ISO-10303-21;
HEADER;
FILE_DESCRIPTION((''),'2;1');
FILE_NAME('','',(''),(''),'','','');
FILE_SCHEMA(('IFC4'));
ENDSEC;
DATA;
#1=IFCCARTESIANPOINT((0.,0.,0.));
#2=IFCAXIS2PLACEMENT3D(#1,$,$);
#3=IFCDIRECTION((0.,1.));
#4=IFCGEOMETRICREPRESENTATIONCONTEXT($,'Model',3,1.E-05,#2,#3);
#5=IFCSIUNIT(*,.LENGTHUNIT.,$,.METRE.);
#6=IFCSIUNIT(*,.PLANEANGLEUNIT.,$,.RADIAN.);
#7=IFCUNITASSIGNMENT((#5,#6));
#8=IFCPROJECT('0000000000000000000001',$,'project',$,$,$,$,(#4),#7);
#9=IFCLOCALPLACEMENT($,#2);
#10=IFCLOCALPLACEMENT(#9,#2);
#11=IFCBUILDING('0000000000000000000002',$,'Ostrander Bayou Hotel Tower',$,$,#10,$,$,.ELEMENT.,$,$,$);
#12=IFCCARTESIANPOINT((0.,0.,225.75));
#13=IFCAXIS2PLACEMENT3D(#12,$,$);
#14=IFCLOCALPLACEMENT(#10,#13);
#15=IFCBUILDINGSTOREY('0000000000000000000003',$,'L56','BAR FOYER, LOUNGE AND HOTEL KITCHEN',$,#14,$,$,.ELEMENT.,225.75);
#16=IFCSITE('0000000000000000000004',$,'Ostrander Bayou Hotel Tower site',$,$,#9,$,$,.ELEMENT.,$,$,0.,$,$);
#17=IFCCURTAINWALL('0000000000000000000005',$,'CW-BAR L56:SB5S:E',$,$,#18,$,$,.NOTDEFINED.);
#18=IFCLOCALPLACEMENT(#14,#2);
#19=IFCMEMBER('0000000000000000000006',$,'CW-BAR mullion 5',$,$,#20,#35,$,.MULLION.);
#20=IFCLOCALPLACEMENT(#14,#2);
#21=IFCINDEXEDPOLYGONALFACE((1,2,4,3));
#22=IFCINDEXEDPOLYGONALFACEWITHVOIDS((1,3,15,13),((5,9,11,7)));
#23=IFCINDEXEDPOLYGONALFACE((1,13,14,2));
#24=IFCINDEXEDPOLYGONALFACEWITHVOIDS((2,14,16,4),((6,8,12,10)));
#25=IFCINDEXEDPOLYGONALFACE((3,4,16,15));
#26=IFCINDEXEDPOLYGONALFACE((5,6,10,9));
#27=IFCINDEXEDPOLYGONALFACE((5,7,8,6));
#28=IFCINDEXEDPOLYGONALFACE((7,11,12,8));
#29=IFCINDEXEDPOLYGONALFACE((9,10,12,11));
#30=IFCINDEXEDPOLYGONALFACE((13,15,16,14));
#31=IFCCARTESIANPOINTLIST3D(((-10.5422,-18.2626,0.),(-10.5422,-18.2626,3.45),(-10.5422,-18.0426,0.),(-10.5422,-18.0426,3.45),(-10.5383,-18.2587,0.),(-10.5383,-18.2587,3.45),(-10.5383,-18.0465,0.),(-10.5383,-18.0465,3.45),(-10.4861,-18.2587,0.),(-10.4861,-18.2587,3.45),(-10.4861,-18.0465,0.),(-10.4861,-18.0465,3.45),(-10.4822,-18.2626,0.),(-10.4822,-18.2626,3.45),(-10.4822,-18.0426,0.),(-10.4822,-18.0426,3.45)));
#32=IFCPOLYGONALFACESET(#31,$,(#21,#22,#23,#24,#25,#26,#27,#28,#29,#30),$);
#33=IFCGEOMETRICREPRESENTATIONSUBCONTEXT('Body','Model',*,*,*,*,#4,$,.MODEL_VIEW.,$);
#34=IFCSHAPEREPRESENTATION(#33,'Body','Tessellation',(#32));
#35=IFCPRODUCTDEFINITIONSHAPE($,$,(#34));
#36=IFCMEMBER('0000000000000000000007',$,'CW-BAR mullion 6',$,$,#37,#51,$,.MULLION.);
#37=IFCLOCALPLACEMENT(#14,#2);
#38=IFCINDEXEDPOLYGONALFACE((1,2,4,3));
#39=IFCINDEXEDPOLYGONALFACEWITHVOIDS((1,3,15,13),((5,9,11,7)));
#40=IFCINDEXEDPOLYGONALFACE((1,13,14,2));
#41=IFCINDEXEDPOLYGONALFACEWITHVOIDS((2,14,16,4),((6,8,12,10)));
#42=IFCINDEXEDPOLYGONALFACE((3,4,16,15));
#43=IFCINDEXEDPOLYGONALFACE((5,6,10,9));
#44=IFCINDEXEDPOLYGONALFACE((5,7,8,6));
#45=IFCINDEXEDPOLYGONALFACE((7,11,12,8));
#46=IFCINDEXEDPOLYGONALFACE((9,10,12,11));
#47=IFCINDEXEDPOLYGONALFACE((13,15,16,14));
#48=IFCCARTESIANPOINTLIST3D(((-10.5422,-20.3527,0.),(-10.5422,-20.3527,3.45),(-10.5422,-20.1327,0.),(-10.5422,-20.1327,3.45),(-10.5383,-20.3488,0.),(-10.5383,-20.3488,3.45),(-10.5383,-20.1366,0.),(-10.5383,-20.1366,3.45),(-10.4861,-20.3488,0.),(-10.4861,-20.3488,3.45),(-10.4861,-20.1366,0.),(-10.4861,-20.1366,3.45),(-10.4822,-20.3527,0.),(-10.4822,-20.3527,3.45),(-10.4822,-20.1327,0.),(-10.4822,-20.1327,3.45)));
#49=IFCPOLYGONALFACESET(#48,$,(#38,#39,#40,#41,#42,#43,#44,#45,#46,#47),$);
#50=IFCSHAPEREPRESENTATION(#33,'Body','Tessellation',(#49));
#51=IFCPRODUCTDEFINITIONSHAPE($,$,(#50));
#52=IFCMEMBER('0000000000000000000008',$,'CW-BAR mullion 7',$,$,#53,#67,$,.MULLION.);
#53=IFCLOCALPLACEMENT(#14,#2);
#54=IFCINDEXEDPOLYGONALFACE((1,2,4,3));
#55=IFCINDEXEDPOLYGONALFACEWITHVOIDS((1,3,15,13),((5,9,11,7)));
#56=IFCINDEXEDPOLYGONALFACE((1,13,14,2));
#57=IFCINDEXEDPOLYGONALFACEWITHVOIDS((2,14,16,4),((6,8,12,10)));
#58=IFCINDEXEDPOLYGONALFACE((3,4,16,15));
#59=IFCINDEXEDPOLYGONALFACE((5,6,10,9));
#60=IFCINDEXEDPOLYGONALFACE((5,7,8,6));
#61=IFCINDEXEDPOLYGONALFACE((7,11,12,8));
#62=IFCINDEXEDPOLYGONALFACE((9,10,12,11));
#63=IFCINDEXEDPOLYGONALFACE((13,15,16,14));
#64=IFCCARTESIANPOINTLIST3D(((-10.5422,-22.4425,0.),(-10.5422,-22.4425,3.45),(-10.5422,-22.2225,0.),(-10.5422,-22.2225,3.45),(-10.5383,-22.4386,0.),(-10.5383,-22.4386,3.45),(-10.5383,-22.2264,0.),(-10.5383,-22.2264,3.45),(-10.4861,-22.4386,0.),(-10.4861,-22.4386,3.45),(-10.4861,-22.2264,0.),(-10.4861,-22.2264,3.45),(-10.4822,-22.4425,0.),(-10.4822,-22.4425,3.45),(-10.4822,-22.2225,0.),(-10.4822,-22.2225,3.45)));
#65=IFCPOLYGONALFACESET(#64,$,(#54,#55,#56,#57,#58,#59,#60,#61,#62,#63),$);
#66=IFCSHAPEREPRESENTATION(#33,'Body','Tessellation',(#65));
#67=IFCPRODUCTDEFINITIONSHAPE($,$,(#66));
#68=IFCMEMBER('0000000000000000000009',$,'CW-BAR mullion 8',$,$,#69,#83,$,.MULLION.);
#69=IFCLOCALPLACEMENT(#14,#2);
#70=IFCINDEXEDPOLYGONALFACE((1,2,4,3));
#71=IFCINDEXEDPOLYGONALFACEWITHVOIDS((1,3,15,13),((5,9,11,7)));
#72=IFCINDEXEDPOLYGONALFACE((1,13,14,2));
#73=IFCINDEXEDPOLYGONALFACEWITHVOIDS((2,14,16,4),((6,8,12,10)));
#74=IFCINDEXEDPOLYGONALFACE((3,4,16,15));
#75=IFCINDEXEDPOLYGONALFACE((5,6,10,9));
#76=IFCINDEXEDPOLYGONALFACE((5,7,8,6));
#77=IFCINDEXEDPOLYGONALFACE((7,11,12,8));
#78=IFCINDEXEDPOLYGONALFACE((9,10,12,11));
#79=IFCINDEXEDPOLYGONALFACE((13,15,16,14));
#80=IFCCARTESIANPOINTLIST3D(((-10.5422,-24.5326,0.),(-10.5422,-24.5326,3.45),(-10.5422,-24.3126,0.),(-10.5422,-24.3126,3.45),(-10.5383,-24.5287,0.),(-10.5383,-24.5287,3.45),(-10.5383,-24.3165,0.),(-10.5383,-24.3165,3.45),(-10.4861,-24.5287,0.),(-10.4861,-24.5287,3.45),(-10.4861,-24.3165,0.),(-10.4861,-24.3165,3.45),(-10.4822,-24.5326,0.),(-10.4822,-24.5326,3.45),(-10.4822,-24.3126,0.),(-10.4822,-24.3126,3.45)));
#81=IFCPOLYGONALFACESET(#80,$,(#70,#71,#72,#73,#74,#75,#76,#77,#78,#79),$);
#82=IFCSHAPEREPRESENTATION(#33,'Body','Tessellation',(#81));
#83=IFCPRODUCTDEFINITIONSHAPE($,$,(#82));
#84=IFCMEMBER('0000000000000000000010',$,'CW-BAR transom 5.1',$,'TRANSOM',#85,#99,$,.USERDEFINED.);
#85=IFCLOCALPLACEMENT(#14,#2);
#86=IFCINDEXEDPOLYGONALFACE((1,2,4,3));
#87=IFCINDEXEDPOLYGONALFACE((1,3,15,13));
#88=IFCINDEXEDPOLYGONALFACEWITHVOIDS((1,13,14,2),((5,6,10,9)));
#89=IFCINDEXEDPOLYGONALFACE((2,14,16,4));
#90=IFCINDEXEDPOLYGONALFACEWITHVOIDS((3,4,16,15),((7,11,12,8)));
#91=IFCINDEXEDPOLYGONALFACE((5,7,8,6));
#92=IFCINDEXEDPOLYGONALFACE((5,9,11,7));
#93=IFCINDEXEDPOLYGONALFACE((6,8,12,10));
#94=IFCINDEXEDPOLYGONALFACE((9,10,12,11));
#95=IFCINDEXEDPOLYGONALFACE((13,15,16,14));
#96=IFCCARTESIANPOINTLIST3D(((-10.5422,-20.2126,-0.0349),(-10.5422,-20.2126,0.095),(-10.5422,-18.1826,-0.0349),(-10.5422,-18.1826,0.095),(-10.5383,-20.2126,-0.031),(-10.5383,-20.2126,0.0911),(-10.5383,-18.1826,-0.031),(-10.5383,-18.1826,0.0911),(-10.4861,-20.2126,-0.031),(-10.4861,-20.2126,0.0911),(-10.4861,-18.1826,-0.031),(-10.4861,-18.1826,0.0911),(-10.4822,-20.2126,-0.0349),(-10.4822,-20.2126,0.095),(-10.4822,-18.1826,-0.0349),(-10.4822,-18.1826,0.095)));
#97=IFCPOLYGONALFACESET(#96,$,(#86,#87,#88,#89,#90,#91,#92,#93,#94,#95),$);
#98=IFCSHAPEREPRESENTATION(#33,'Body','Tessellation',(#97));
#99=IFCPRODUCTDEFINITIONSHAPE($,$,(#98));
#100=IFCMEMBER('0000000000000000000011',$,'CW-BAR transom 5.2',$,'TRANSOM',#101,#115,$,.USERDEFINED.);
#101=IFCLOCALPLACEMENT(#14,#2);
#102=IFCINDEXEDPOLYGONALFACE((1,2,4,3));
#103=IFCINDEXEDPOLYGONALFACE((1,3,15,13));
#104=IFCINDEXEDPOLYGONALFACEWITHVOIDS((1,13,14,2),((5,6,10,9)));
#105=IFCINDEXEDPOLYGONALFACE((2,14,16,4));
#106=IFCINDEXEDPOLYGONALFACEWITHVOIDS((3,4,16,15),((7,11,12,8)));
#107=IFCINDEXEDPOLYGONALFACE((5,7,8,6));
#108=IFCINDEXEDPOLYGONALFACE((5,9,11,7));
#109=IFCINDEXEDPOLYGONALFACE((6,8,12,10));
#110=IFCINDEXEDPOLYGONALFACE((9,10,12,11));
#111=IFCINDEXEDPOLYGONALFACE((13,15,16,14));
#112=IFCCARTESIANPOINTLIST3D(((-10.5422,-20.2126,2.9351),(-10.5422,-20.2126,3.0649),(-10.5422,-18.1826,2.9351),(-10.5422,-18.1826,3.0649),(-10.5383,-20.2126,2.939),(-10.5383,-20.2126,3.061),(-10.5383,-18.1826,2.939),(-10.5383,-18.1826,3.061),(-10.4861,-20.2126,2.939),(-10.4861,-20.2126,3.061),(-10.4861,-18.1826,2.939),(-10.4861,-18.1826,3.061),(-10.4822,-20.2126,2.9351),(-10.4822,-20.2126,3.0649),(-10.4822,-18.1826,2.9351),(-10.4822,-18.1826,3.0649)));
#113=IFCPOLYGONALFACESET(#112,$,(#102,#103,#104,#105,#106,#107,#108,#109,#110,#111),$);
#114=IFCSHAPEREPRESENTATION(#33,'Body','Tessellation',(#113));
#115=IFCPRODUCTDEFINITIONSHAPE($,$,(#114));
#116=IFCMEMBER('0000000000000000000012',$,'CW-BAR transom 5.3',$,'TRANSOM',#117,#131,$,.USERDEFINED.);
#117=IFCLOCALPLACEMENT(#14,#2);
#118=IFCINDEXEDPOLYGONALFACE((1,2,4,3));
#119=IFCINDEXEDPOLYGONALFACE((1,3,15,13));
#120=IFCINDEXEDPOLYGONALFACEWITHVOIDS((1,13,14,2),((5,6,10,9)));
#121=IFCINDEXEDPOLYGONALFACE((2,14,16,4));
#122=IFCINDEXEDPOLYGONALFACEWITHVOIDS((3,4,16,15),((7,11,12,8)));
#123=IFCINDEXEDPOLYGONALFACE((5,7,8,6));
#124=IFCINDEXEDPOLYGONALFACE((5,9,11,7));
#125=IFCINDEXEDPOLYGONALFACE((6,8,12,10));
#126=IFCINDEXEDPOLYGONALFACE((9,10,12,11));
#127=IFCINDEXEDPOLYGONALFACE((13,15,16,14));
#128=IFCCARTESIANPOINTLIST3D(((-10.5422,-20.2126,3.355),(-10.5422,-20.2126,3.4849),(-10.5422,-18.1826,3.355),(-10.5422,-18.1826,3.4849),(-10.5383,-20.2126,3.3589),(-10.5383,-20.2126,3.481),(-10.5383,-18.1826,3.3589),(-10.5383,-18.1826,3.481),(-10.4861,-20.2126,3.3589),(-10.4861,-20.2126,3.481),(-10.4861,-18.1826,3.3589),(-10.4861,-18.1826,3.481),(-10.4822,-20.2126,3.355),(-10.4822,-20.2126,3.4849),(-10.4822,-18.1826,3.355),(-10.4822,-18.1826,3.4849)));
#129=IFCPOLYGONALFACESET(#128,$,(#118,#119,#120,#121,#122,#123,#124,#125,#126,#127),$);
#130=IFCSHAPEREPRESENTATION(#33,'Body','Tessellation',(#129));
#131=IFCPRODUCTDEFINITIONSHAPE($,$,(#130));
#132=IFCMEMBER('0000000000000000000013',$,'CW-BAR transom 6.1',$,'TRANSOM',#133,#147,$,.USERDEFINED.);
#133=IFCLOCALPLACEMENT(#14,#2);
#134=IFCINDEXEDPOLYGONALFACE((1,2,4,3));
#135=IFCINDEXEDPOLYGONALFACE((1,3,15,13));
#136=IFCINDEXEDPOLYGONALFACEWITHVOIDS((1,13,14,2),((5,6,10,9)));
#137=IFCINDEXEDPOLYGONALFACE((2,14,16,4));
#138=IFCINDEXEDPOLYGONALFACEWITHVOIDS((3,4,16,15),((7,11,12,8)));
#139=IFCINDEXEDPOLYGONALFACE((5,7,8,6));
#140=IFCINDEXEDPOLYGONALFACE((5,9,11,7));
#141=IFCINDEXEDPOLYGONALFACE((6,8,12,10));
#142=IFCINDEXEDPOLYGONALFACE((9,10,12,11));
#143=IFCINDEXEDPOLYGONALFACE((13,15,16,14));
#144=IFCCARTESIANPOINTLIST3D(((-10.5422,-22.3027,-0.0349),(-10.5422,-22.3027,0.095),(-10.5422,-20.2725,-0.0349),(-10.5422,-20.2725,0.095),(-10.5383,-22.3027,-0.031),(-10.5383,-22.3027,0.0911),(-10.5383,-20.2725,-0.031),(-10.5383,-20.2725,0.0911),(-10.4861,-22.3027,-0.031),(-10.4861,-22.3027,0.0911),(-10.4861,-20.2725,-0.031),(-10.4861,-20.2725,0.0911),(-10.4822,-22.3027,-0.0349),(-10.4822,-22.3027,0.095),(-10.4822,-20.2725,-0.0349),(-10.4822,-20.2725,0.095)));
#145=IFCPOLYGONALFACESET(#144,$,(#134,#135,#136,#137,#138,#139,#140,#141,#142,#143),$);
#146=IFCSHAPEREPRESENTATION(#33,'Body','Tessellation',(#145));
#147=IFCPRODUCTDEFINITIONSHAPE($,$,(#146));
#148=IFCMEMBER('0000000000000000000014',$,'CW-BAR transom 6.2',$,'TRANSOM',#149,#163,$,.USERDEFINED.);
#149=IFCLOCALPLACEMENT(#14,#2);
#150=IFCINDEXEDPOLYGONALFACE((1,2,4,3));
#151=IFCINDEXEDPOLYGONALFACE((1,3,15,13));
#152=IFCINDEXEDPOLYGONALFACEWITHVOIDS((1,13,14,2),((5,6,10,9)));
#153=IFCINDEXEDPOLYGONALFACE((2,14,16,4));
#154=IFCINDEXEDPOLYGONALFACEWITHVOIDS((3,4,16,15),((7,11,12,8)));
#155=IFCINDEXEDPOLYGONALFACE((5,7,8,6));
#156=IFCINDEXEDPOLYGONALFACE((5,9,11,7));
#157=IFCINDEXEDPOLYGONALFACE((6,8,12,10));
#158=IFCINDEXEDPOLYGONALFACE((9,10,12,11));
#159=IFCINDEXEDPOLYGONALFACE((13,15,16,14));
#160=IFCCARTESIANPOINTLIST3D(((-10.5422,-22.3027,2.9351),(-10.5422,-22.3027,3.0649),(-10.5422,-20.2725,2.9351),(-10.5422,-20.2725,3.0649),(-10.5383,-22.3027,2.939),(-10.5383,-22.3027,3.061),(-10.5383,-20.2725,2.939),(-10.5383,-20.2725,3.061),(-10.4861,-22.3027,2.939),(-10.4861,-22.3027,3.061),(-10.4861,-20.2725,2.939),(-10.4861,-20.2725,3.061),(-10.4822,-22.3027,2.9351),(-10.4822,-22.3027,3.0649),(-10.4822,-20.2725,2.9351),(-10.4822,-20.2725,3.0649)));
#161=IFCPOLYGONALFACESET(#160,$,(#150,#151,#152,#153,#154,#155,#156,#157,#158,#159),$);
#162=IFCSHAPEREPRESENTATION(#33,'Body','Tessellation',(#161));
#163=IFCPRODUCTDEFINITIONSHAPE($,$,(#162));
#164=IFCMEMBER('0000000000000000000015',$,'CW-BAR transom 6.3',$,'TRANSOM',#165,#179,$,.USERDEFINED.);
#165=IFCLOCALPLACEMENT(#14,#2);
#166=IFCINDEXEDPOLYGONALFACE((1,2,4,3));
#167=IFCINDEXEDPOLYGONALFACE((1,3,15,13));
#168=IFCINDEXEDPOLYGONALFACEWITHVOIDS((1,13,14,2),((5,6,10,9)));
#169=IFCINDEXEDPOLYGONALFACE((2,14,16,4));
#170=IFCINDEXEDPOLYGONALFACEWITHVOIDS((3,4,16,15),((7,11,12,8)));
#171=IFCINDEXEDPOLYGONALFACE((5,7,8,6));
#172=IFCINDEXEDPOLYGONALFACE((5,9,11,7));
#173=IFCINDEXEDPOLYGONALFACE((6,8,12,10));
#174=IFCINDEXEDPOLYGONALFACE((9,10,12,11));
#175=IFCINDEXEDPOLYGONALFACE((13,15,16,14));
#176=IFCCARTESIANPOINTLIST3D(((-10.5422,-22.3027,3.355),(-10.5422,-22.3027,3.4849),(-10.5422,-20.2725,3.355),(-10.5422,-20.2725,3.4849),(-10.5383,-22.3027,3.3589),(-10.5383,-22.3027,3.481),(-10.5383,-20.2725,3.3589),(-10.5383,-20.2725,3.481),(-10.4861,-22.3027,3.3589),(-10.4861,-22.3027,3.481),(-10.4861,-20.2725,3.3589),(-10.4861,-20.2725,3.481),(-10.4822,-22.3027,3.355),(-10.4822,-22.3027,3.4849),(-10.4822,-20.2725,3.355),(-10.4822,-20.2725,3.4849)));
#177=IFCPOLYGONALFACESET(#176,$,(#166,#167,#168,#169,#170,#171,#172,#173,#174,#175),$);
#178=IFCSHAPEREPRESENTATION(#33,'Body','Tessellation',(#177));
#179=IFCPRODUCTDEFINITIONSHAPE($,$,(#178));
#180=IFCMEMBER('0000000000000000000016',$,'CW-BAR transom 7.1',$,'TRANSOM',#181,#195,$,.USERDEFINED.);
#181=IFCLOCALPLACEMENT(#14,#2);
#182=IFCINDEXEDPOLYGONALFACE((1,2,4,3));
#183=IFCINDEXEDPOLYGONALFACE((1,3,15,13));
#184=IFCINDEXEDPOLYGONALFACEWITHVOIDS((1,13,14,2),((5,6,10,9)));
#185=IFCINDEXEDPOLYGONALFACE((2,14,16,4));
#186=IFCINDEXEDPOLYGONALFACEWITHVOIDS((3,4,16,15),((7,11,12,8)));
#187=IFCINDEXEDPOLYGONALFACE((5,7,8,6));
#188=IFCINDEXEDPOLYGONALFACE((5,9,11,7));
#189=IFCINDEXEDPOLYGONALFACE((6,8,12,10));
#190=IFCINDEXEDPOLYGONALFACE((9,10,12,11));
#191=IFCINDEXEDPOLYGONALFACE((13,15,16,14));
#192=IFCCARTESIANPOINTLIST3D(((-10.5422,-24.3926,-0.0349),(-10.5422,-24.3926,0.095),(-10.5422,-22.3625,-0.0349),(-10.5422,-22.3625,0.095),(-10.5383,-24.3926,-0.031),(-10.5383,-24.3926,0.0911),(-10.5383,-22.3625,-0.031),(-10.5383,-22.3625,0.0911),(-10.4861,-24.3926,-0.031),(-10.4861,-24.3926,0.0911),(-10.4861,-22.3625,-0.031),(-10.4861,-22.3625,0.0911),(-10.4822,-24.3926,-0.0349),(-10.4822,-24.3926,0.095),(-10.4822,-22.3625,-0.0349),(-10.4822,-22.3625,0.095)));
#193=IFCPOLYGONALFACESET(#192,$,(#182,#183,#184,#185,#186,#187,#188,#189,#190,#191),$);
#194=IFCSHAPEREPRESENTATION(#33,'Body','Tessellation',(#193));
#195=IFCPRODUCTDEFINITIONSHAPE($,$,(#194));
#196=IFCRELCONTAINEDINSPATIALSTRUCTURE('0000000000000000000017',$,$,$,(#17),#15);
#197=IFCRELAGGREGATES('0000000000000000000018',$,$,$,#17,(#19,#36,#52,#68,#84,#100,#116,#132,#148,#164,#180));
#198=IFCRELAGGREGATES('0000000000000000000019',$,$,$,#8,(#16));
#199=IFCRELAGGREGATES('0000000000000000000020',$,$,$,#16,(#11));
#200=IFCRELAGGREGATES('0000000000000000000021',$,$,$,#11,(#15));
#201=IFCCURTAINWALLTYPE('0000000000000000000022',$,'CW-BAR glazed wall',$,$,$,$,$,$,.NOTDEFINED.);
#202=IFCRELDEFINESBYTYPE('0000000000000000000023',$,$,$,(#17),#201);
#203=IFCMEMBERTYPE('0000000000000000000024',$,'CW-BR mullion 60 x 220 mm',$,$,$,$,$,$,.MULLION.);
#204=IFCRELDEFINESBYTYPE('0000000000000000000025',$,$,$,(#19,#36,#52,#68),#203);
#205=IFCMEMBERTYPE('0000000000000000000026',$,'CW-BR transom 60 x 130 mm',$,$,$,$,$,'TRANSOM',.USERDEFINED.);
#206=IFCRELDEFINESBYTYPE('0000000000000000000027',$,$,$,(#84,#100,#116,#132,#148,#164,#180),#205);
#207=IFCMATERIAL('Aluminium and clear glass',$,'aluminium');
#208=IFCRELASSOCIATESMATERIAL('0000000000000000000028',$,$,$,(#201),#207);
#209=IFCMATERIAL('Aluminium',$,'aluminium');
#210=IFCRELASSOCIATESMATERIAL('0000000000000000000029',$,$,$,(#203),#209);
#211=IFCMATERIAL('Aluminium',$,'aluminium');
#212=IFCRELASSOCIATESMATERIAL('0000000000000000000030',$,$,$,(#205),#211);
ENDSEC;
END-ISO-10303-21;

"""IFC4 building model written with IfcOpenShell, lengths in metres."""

from ifc_helpers import new_model, si_unit, direction, frame, origin, origin_2d, place, context, subcontext, project, spatial, hollow_rectangle, extrude, material, material_profile, profile_set, type_object, element, aggregate, save


model = new_model("IFC4")

# Units and contexts
model_context = context("Model", 3, precision=1e-05, world=origin(), true_north=direction((0.0, 1.0)))
body_context = subcontext(model_context, "Body", "Model", "MODEL_VIEW")
ifc_project = project(units=[si_unit("LENGTHUNIT", "METRE"), si_unit("PLANEANGLEUNIT", "RADIAN")], contexts=[model_context])

# Site, building, storey
site_placement = place(None, origin())
site = spatial("IfcSite", under=ifc_project, at=site_placement, Name="Ostrander Bayou Hotel Tower site", CompositionType="ELEMENT", RefElevation=0.0)
building_placement = place(site_placement, origin())
building = spatial("IfcBuilding", under=site, at=building_placement, Name="Ostrander Bayou Hotel Tower", CompositionType="ELEMENT")
storey_placement = place(building_placement, frame((0.0, 0.0, 225.75)))
storey = spatial("IfcBuildingStorey", under=building, at=storey_placement, Name="L56", Description="BAR FOYER, LOUNGE AND HOTEL KITCHEN", CompositionType="ELEMENT", Elevation=225.75)

# Curtain wall, members
ifc_material_1 = material(Name="Aluminium and clear glass", Category="aluminium")
curtain_wall_type = type_object("IfcCurtainWallType", Name="CW-BAR glazed wall", PredefinedType="NOTDEFINED", material=ifc_material_1)
curtain_wall_placement = place(storey_placement, origin())
curtain_wall = element("IfcCurtainWall", 1, at=curtain_wall_placement, inside=storey, type_object=curtain_wall_type, Name="CW-BAR L56:SB5S:E", PredefinedType="NOTDEFINED")
ifc_material_2 = material(Name="Aluminium", Category="aluminium")
ifc_material_profile_1 = material_profile(ifc_material_2, hollow_rectangle(XDim=0.0601, YDim=0.22, WallThickness=0.0039, at=origin_2d()))
ifc_profile_set_1 = profile_set([ifc_material_profile_1], Name="Aluminium")
member_type_1 = type_object("IfcMemberType", Name="CW-BR mullion 60 x 220 mm", PredefinedType="MULLION", material=ifc_profile_set_1)
member_1_placement = place(storey_placement, frame((-10.5122, -18.1526, 0.0), z_axis=(0.0, 0.0, 1.0), x_axis=(1.0, 0.0, 0.0)))
member_1 = element("IfcMember", 2, at=member_1_placement, type_object=member_type_1, Name="CW-BAR mullion 5", PredefinedType="MULLION", context=body_context, shape_type="SweptSolid", body=[
    extrude(hollow_rectangle(XDim=0.0601, YDim=0.22, WallThickness=0.0039, at=origin_2d()), origin(), (0.0, 0.0, 1.0), 3.45),
])
member_2_placement = place(storey_placement, frame((-10.5122, -20.2427, 0.0), z_axis=(0.0, 0.0, 1.0), x_axis=(1.0, 0.0, 0.0)))
member_2 = element("IfcMember", 3, at=member_2_placement, type_object=member_type_1, Name="CW-BAR mullion 6", PredefinedType="MULLION", context=body_context, shape_type="SweptSolid", body=[
    extrude(hollow_rectangle(XDim=0.0601, YDim=0.22, WallThickness=0.0039, at=origin_2d()), origin(), (0.0, 0.0, 1.0), 3.45),
])
member_3_placement = place(storey_placement, frame((-10.5122, -22.3325, 0.0), z_axis=(0.0, 0.0, 1.0), x_axis=(1.0, 0.0, 0.0)))
member_3 = element("IfcMember", 4, at=member_3_placement, type_object=member_type_1, Name="CW-BAR mullion 7", PredefinedType="MULLION", context=body_context, shape_type="SweptSolid", body=[
    extrude(hollow_rectangle(XDim=0.0601, YDim=0.22, WallThickness=0.0039, at=origin_2d()), origin(), (0.0, 0.0, 1.0), 3.45),
])
member_4_placement = place(storey_placement, frame((-10.5122, -24.4226, 0.0), z_axis=(0.0, 0.0, 1.0), x_axis=(1.0, 0.0, 0.0)))
member_4 = element("IfcMember", 5, at=member_4_placement, type_object=member_type_1, Name="CW-BAR mullion 8", PredefinedType="MULLION", context=body_context, shape_type="SweptSolid", body=[
    extrude(hollow_rectangle(XDim=0.0601, YDim=0.22, WallThickness=0.0039, at=origin_2d()), origin(), (0.0, 0.0, 1.0), 3.45),
])
ifc_material_3 = material(Name="Aluminium", Category="aluminium")
ifc_material_profile_2 = material_profile(ifc_material_3, hollow_rectangle(XDim=0.0601, YDim=0.1299, WallThickness=0.0039, at=origin_2d()))
ifc_profile_set_2 = profile_set([ifc_material_profile_2], Name="Aluminium")
member_type_2 = type_object("IfcMemberType", Name="CW-BR transom 60 x 130 mm", ElementType="TRANSOM", PredefinedType="USERDEFINED", material=ifc_profile_set_2)
member_5_placement = place(storey_placement, frame((-10.5122, -18.1826, 0.03), z_axis=(0.0, -1.0, 0.0), x_axis=(1.0, 0.0, 0.0)))
member_5 = element("IfcMember", 6, at=member_5_placement, type_object=member_type_2, Name="CW-BAR transom 5.1", ObjectType="TRANSOM", PredefinedType="USERDEFINED", context=body_context, shape_type="SweptSolid", body=[
    extrude(hollow_rectangle(XDim=0.0601, YDim=0.1299, WallThickness=0.0039, at=origin_2d()), origin(), (0.0, 0.0, 1.0), 2.03),
])
member_6_placement = place(storey_placement, frame((-10.5122, -18.1826, 3.0), z_axis=(0.0, -1.0, 0.0), x_axis=(1.0, 0.0, 0.0)))
member_6 = element("IfcMember", 7, at=member_6_placement, type_object=member_type_2, Name="CW-BAR transom 5.2", ObjectType="TRANSOM", PredefinedType="USERDEFINED", context=body_context, shape_type="SweptSolid", body=[
    extrude(hollow_rectangle(XDim=0.0601, YDim=0.1299, WallThickness=0.0039, at=origin_2d()), origin(), (0.0, 0.0, 1.0), 2.03),
])
member_7_placement = place(storey_placement, frame((-10.5122, -18.1826, 3.4199), z_axis=(0.0, -1.0, 0.0), x_axis=(1.0, 0.0, 0.0)))
member_7 = element("IfcMember", 8, at=member_7_placement, type_object=member_type_2, Name="CW-BAR transom 5.3", ObjectType="TRANSOM", PredefinedType="USERDEFINED", context=body_context, shape_type="SweptSolid", body=[
    extrude(hollow_rectangle(XDim=0.0601, YDim=0.1299, WallThickness=0.0039, at=origin_2d()), origin(), (0.0, 0.0, 1.0), 2.03),
])
member_8_placement = place(storey_placement, frame((-10.5122, -20.2725, 0.03), z_axis=(0.0, -1.0, 0.0), x_axis=(1.0, 0.0, 0.0)))
member_8 = element("IfcMember", 9, at=member_8_placement, type_object=member_type_2, Name="CW-BAR transom 6.1", ObjectType="TRANSOM", PredefinedType="USERDEFINED", context=body_context, shape_type="SweptSolid", body=[
    extrude(hollow_rectangle(XDim=0.0601, YDim=0.1299, WallThickness=0.0039, at=origin_2d()), origin(), (0.0, 0.0, 1.0), 2.0303),
])
member_9_placement = place(storey_placement, frame((-10.5122, -20.2725, 3.0), z_axis=(0.0, -1.0, 0.0), x_axis=(1.0, 0.0, 0.0)))
member_9 = element("IfcMember", 10, at=member_9_placement, type_object=member_type_2, Name="CW-BAR transom 6.2", ObjectType="TRANSOM", PredefinedType="USERDEFINED", context=body_context, shape_type="SweptSolid", body=[
    extrude(hollow_rectangle(XDim=0.0601, YDim=0.1299, WallThickness=0.0039, at=origin_2d()), origin(), (0.0, 0.0, 1.0), 2.0303),
])
member_10_placement = place(storey_placement, frame((-10.5122, -20.2725, 3.4199), z_axis=(0.0, -1.0, 0.0), x_axis=(1.0, 0.0, 0.0)))
member_10 = element("IfcMember", 11, at=member_10_placement, type_object=member_type_2, Name="CW-BAR transom 6.3", ObjectType="TRANSOM", PredefinedType="USERDEFINED", context=body_context, shape_type="SweptSolid", body=[
    extrude(hollow_rectangle(XDim=0.0601, YDim=0.1299, WallThickness=0.0039, at=origin_2d()), origin(), (0.0, 0.0, 1.0), 2.0303),
])
member_11_placement = place(storey_placement, frame((-10.5122, -22.3625, 0.03), z_axis=(0.0, -1.0, 0.0), x_axis=(1.0, 0.0, 0.0)))
member_11 = element("IfcMember", 12, at=member_11_placement, type_object=member_type_2, Name="CW-BAR transom 7.1", ObjectType="TRANSOM", PredefinedType="USERDEFINED", context=body_context, shape_type="SweptSolid", body=[
    extrude(hollow_rectangle(XDim=0.0601, YDim=0.1299, WallThickness=0.0039, at=origin_2d()), origin(), (0.0, 0.0, 1.0), 2.03),
])

aggregate(curtain_wall, [member_1, member_2, member_3, member_4, member_5, member_6, member_7, member_8, member_9, member_10, member_11])

save(model, "model.ifc")
